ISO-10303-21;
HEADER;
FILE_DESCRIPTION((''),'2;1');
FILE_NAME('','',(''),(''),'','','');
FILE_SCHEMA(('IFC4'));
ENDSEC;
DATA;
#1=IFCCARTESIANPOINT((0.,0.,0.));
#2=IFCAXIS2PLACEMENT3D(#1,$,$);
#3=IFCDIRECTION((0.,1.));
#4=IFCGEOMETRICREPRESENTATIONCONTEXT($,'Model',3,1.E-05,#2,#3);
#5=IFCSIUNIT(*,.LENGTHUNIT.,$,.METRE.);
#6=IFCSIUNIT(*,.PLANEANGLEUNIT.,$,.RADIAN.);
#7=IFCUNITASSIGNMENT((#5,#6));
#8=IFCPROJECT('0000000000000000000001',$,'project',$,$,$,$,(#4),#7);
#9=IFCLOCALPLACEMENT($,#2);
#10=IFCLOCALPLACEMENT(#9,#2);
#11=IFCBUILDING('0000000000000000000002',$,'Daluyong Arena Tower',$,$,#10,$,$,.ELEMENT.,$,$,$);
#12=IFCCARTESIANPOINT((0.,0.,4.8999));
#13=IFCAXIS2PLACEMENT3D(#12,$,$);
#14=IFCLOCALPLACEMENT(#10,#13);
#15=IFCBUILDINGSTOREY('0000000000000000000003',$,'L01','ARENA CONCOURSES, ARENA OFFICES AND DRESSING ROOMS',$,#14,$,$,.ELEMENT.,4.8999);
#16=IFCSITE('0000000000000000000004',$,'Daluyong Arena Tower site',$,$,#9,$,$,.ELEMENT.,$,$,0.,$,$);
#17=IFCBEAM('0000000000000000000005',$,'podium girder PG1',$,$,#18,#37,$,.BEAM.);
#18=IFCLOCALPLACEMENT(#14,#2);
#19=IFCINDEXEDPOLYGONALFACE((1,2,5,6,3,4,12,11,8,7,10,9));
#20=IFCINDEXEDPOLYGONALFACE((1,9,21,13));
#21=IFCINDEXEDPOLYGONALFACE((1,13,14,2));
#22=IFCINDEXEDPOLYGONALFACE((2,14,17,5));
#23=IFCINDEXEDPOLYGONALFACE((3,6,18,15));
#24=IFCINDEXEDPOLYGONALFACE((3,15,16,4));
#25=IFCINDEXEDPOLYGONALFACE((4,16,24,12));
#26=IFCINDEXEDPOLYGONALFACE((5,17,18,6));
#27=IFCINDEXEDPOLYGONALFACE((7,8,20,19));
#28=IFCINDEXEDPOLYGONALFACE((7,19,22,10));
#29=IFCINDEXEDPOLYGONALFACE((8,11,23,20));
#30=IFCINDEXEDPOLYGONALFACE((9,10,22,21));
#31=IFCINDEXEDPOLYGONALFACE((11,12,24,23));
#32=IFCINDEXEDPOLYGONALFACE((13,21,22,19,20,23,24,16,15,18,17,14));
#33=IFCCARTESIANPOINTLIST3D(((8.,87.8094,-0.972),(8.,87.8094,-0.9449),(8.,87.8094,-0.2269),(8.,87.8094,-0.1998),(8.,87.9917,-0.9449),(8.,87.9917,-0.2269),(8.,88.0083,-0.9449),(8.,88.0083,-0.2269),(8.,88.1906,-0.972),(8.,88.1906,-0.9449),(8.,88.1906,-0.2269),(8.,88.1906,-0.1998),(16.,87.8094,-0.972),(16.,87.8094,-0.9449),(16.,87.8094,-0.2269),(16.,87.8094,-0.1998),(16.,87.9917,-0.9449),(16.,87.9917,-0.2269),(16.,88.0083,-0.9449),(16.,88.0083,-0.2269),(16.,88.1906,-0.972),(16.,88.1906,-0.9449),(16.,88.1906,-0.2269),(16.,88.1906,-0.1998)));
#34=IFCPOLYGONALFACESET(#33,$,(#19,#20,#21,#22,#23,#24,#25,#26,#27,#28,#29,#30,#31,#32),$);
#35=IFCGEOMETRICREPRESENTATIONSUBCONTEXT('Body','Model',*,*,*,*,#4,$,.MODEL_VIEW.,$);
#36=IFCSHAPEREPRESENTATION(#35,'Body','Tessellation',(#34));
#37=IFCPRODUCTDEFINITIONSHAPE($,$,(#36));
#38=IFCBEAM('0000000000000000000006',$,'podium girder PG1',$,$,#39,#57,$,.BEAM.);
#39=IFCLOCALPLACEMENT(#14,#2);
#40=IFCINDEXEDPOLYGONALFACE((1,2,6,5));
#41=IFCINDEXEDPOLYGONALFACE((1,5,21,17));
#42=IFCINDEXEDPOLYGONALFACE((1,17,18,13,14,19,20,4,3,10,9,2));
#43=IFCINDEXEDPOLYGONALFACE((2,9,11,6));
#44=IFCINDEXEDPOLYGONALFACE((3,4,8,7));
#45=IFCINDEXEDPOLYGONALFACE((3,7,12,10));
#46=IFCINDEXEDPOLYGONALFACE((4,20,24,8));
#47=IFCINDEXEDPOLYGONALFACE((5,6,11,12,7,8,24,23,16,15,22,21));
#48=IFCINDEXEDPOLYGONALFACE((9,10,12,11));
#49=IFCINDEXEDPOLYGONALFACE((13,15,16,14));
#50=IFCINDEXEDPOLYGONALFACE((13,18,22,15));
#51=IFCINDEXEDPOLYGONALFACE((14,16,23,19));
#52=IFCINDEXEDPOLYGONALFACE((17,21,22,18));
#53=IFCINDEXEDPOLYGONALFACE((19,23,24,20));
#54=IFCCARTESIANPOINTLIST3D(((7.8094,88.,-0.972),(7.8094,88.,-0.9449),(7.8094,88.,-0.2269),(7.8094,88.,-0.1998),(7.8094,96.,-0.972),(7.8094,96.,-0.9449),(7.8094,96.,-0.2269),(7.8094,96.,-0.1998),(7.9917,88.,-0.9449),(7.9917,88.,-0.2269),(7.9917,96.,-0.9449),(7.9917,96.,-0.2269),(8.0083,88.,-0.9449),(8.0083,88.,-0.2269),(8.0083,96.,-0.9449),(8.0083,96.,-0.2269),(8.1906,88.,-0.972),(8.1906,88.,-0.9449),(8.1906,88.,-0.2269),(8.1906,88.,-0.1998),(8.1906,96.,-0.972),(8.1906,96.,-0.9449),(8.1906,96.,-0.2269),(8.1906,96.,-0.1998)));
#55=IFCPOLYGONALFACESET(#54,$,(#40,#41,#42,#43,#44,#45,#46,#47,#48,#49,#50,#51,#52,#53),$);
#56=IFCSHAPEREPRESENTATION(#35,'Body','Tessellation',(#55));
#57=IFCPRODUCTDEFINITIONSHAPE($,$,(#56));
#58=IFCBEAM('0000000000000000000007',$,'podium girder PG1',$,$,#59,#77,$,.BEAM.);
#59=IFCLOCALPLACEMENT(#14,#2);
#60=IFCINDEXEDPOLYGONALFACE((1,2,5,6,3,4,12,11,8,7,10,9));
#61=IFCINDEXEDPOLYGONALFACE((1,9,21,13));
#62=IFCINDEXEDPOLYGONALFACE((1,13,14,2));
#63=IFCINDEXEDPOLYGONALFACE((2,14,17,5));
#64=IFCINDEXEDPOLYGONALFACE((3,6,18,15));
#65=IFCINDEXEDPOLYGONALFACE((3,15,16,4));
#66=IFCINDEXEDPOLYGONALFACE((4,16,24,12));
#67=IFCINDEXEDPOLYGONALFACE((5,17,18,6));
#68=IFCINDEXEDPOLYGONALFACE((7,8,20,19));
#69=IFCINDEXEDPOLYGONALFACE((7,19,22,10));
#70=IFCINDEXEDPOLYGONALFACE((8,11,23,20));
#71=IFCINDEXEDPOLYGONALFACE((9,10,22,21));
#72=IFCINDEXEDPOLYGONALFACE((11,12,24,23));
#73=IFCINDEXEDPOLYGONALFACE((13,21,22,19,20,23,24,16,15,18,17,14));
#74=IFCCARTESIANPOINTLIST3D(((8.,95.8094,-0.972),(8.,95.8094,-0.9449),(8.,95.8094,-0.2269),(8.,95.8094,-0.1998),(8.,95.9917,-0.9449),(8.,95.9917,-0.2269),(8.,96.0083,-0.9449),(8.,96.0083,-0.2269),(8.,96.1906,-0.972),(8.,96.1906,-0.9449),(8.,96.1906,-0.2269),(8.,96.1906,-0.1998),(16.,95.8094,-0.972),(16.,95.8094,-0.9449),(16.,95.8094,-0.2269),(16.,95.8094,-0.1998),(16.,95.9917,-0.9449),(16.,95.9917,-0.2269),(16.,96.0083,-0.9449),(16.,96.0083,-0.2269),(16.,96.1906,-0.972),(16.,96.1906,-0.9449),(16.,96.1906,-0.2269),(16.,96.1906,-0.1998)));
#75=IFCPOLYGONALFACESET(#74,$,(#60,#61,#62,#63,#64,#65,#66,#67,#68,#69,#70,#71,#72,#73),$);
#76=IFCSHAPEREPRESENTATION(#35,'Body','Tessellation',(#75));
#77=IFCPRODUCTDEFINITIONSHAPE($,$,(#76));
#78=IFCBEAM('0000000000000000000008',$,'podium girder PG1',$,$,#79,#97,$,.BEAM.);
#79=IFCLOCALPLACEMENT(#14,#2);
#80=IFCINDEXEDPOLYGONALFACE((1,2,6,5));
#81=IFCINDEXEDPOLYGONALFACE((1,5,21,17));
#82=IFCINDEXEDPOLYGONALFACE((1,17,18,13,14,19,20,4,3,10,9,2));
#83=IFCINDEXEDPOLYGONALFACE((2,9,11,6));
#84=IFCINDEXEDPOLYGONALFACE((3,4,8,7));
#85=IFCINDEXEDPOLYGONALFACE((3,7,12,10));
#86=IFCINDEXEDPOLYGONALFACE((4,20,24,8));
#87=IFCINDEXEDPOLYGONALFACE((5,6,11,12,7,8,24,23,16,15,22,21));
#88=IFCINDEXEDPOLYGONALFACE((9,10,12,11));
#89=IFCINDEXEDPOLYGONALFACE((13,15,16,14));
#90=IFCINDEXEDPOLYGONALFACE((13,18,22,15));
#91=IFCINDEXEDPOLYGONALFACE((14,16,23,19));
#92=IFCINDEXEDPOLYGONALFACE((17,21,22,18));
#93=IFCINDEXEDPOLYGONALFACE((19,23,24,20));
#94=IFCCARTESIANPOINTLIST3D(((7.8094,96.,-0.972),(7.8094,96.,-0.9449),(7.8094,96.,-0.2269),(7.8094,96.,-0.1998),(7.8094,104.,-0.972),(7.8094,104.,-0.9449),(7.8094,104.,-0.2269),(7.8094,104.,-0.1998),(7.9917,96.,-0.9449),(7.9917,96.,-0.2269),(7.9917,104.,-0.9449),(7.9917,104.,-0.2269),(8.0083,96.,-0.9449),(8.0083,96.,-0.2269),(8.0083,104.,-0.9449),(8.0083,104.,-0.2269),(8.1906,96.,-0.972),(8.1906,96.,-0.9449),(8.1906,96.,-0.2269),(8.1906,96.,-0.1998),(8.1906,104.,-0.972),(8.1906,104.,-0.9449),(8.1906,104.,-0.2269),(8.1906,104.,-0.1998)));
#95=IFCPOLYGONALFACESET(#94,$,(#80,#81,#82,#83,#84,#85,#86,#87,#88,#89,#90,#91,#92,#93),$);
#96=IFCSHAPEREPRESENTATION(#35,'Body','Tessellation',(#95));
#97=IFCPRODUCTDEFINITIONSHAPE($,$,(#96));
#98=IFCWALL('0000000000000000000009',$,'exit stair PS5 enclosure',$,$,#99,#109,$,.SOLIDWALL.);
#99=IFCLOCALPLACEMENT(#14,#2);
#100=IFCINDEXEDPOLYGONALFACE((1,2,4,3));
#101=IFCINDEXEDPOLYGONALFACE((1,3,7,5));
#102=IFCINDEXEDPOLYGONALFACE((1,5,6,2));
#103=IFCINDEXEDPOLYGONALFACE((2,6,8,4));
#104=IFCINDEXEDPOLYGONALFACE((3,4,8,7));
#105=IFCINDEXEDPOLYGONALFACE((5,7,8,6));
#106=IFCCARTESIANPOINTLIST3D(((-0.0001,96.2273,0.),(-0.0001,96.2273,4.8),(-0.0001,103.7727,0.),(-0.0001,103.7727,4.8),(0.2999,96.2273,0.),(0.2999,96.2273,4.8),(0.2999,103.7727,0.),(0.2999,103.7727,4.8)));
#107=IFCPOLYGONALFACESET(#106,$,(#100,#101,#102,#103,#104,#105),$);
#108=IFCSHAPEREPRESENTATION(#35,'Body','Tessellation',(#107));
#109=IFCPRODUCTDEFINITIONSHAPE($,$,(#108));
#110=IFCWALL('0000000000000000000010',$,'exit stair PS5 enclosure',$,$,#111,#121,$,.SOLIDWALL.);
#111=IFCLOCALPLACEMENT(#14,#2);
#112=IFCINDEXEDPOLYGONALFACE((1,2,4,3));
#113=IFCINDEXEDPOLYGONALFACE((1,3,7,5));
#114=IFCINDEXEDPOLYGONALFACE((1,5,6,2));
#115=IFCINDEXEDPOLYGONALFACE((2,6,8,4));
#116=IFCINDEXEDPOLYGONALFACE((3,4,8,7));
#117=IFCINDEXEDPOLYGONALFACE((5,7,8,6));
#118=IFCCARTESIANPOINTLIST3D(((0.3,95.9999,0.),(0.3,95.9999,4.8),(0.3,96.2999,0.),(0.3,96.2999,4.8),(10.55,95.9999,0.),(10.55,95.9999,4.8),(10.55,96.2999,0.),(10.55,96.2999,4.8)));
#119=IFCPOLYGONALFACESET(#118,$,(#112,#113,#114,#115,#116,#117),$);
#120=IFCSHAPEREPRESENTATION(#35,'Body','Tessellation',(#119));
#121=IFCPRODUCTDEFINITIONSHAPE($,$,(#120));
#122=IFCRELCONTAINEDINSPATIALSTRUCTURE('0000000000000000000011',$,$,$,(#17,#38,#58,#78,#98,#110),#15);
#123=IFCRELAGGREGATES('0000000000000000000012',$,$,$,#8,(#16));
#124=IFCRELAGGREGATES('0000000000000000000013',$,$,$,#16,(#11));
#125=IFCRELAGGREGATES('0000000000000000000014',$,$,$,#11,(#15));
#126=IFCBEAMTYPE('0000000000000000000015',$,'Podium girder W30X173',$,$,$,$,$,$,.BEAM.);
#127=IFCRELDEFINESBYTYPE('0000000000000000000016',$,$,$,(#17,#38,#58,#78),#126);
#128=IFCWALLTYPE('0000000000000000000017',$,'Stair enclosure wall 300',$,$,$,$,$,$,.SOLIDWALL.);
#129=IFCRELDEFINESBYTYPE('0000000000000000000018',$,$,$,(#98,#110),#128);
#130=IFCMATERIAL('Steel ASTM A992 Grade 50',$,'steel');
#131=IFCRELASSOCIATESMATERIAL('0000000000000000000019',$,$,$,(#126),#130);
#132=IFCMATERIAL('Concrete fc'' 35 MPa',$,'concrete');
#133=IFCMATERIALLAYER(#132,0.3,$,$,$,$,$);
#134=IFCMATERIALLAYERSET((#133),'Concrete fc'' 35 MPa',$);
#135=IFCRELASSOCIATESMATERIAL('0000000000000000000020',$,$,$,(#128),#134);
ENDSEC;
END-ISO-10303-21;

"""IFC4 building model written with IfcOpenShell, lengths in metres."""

from ifc_helpers import new_model, si_unit, direction, frame, frame_2d, origin, origin_2d, place, context, subcontext, project, spatial, rectangle, i_section, extrude, material, layer, layer_set, material_profile, profile_set, type_object, element, save


model = new_model("IFC4")

# Units and contexts
model_context = context("Model", 3, precision=1e-05, world=origin(), true_north=direction((0.0, 1.0)))
body_context = subcontext(model_context, "Body", "Model", "MODEL_VIEW")
ifc_project = project(units=[si_unit("LENGTHUNIT", "METRE"), si_unit("PLANEANGLEUNIT", "RADIAN")], contexts=[model_context])

# Site, building, storey
site_placement = place(None, origin())
site = spatial("IfcSite", under=ifc_project, at=site_placement, Name="Daluyong Arena Tower site", CompositionType="ELEMENT", RefElevation=0.0)
building_placement = place(site_placement, origin())
building = spatial("IfcBuilding", under=site, at=building_placement, Name="Daluyong Arena Tower", CompositionType="ELEMENT")
storey_placement = place(building_placement, frame((0.0, 0.0, 4.8999)))
storey = spatial("IfcBuildingStorey", under=building, at=storey_placement, Name="L01", Description="ARENA CONCOURSES, ARENA OFFICES AND DRESSING ROOMS", CompositionType="ELEMENT", Elevation=4.8999)

# Beams
ifc_material_1 = material(Name="Steel ASTM A992 Grade 50", Category="steel")
ifc_material_profile_1 = material_profile(ifc_material_1, i_section(OverallWidth=0.3811, OverallDepth=0.7722, WebThickness=0.0166, FlangeThickness=0.0271, at=origin_2d()))
ifc_profile_set_1 = profile_set([ifc_material_profile_1], Name="Steel ASTM A992 Grade 50")
beam_type_1 = type_object("IfcBeamType", Name="Podium girder W30X173", PredefinedType="BEAM", material=ifc_profile_set_1)
for number, where, z_axis, x_axis, name in (
    (1, (8.0, 88.0, -0.5859), (1.0, 0.0, 0.0), (0.0, 1.0, 0.0), "podium girder PG1"),
    (2, (8.0, 88.0, -0.5859), (0.0, 1.0, 0.0), (-1.0, 0.0, 0.0), "podium girder PG1"),
    (3, (8.0, 96.0, -0.5859), (1.0, 0.0, 0.0), (0.0, 1.0, 0.0), "podium girder PG1"),
    (4, (8.0, 96.0, -0.5859), (0.0, 1.0, 0.0), (-1.0, 0.0, 0.0), "podium girder PG1"),
):
    element("IfcBeam", number, at=place(storey_placement, frame(where, z_axis=z_axis, x_axis=x_axis)), inside=storey, type_object=beam_type_1, Name=name, PredefinedType="BEAM", context=body_context, shape_type="SweptSolid", body=[
        extrude(i_section(OverallWidth=0.3811, OverallDepth=0.7722, WebThickness=0.0166, FlangeThickness=0.0271, at=origin_2d()), origin(), (0.0, 0.0, 1.0), 8.0),
    ])

# Walls
ifc_material_2 = material(Name="Concrete fc' 35 MPa", Category="concrete")
ifc_layer = layer(ifc_material_2, 0.3)
ifc_layer_set = layer_set([ifc_layer], Name="Concrete fc' 35 MPa")
wall_type = type_object("IfcWallType", Name="Stair enclosure wall 300", PredefinedType="SOLIDWALL", material=ifc_layer_set)
wall_1_placement = place(storey_placement, frame((0.1499, 96.2273, 0.0), z_axis=(0.0, 0.0, 1.0), x_axis=(0.0, 1.0, 0.0)))
element("IfcWall", 5, at=wall_1_placement, inside=storey, type_object=wall_type, Name="exit stair PS5 enclosure", PredefinedType="SOLIDWALL", context=body_context, shape_type="SweptSolid", body=[
    extrude(rectangle(XDim=7.5454, YDim=0.3, at=frame_2d((3.7727, 0.0))), origin(), (0.0, 0.0, 1.0), 4.8),
])
wall_2_placement = place(storey_placement, frame((0.3, 96.1499, 0.0), z_axis=(0.0, 0.0, 1.0), x_axis=(1.0, 0.0, 0.0)))
element("IfcWall", 6, at=wall_2_placement, inside=storey, type_object=wall_type, Name="exit stair PS5 enclosure", PredefinedType="SOLIDWALL", context=body_context, shape_type="SweptSolid", body=[
    extrude(rectangle(XDim=10.25, YDim=0.3, at=frame_2d((5.125, 0.0))), origin(), (0.0, 0.0, 1.0), 4.8),
])

save(model, "model.ifc")
